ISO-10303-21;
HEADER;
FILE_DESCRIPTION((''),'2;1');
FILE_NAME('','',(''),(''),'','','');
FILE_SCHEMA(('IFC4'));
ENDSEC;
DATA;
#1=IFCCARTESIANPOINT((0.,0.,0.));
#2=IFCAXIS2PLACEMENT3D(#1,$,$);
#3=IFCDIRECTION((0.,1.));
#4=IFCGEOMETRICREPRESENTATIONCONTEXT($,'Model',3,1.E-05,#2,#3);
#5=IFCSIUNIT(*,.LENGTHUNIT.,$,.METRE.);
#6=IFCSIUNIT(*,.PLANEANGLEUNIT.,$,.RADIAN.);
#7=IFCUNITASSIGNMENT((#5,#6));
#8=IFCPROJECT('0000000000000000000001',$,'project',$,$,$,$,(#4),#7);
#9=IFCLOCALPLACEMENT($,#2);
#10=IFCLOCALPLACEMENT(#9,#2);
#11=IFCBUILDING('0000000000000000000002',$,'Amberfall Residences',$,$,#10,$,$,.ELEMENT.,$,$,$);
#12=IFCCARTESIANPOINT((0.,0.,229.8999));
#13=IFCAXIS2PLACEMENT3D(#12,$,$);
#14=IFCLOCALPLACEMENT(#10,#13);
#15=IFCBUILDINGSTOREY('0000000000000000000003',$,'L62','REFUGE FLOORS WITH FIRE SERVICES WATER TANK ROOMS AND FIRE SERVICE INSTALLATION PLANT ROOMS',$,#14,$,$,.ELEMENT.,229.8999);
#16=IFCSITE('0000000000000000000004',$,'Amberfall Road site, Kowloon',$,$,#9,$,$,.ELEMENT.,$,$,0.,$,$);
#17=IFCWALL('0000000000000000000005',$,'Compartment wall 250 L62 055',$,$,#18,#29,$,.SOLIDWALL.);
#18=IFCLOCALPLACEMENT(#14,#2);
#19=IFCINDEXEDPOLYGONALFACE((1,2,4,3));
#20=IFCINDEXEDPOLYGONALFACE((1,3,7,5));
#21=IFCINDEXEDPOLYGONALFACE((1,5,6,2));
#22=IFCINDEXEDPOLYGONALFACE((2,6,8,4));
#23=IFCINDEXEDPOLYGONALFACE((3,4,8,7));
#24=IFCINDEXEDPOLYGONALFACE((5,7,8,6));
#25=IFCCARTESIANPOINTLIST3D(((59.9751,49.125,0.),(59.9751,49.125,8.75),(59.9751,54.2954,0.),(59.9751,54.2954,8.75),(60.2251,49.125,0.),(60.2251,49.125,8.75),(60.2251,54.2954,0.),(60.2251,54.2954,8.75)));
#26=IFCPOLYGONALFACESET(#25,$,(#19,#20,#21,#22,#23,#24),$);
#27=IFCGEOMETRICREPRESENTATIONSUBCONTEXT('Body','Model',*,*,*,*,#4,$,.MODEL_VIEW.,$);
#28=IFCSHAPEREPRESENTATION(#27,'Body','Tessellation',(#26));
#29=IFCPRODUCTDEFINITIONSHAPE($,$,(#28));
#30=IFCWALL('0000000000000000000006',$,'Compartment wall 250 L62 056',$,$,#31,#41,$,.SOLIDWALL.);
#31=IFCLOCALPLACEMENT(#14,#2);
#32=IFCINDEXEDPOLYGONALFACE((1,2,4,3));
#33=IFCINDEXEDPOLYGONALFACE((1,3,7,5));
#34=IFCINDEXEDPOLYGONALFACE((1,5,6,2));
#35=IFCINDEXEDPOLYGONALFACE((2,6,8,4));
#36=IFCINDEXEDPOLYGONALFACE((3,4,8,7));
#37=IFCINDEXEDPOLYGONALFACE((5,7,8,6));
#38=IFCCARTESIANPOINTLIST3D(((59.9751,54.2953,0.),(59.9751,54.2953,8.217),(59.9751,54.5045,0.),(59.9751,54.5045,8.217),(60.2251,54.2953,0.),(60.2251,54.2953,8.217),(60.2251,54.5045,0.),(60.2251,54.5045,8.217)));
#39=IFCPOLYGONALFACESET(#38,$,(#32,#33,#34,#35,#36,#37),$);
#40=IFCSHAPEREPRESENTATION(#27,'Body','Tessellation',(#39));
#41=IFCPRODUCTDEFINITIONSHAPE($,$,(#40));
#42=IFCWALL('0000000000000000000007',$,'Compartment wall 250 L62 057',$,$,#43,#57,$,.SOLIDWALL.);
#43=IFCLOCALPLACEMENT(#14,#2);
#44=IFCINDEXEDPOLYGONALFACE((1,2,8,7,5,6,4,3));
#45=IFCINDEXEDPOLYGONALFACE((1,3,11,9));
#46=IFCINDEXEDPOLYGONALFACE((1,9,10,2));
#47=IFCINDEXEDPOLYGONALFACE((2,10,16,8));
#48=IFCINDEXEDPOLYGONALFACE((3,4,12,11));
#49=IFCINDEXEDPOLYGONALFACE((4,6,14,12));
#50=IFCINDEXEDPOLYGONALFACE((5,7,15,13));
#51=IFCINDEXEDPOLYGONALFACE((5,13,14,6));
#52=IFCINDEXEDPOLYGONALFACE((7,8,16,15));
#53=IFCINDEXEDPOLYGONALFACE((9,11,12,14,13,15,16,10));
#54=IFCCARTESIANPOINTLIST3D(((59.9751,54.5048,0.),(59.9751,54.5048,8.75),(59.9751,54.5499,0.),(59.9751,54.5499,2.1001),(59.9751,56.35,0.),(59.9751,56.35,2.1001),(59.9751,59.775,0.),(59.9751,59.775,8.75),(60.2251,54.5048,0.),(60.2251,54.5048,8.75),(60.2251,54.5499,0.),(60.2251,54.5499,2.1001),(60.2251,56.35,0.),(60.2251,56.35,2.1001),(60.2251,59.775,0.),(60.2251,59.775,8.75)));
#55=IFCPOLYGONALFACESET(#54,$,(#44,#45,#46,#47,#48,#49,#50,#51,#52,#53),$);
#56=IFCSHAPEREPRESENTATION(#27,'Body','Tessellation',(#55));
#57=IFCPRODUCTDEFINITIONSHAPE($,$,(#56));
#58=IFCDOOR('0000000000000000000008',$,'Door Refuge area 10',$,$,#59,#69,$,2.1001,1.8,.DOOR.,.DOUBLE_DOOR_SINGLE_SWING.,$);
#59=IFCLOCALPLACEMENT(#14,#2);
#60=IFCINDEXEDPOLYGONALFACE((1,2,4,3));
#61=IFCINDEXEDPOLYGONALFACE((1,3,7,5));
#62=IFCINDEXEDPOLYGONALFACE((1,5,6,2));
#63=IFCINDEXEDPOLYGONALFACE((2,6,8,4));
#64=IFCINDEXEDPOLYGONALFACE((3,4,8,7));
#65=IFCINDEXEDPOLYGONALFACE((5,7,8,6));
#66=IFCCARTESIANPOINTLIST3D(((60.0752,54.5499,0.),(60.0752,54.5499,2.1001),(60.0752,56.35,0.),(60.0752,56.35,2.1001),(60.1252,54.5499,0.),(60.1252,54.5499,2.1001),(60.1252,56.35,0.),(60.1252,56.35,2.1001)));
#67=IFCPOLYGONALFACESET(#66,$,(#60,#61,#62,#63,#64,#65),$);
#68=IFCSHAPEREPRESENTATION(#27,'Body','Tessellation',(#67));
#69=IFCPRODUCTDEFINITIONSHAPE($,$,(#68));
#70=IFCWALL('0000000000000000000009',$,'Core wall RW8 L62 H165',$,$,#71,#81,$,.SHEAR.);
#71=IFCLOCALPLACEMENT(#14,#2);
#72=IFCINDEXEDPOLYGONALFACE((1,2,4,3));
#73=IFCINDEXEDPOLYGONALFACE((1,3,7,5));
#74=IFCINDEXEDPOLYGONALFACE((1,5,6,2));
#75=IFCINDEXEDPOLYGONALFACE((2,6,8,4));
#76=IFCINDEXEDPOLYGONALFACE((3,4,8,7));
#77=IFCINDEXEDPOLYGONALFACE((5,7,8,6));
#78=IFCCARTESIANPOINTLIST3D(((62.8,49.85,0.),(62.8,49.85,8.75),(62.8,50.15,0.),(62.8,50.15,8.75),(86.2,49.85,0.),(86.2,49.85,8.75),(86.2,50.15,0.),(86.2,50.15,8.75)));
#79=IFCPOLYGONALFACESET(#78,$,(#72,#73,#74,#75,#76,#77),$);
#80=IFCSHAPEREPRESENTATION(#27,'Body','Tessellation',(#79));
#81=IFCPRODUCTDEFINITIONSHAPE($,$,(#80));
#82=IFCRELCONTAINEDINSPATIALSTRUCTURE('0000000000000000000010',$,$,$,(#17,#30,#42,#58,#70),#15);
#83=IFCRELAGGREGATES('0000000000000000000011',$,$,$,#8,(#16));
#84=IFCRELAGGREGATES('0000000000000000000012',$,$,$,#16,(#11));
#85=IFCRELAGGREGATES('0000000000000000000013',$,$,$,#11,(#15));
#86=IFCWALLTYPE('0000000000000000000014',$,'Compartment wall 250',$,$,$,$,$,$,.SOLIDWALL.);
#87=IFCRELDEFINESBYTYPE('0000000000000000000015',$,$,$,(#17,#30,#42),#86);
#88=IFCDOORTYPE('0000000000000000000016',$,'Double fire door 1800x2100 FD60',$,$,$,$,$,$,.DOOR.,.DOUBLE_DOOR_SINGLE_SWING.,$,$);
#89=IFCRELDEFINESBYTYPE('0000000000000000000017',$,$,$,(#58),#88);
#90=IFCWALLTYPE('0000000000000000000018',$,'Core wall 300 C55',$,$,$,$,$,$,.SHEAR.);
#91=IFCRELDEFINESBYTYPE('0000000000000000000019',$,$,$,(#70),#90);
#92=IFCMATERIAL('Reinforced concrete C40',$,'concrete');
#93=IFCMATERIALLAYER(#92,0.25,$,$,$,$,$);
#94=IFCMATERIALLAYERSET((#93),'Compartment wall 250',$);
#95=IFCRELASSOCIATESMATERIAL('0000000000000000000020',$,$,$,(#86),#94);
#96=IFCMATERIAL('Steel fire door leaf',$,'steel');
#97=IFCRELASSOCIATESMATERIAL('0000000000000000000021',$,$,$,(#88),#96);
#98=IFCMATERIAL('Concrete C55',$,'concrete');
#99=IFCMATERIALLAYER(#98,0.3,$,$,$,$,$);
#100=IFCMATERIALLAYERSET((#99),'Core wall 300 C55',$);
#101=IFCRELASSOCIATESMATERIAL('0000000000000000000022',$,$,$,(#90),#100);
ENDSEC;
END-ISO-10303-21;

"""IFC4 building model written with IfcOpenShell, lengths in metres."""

from ifc_helpers import new_model, si_unit, direction, frame, frame_2d, origin, place, context, subcontext, project, spatial, rectangle, extrude, material, layer, layer_set, type_object, element, fill, save


model = new_model("IFC4")

# Units and contexts
model_context = context("Model", 3, precision=1e-05, world=origin(), true_north=direction((0.0, 1.0)))
body_context = subcontext(model_context, "Body", "Model", "MODEL_VIEW")
ifc_project = project(units=[si_unit("LENGTHUNIT", "METRE"), si_unit("PLANEANGLEUNIT", "RADIAN")], contexts=[model_context])

# Site, building, storey
site_placement = place(None, origin())
site = spatial("IfcSite", under=ifc_project, at=site_placement, Name="Amberfall Road site, Kowloon", CompositionType="ELEMENT", RefElevation=0.0)
building_placement = place(site_placement, origin())
building = spatial("IfcBuilding", under=site, at=building_placement, Name="Amberfall Residences", CompositionType="ELEMENT")
storey_placement = place(building_placement, frame((0.0, 0.0, 229.8999)))
storey = spatial("IfcBuildingStorey", under=building, at=storey_placement, Name="L62", Description="REFUGE FLOORS WITH FIRE SERVICES WATER TANK ROOMS AND FIRE SERVICE INSTALLATION PLANT ROOMS", CompositionType="ELEMENT", Elevation=229.8999)

# Walls
ifc_material_1 = material(Name="Reinforced concrete C40", Category="concrete")
ifc_layer_1 = layer(ifc_material_1, 0.25)
ifc_layer_set_1 = layer_set([ifc_layer_1], Name="Compartment wall 250")
wall_type_1 = type_object("IfcWallType", Name="Compartment wall 250", PredefinedType="SOLIDWALL", material=ifc_layer_set_1)
wall_1_placement = place(storey_placement, frame((60.1001, 49.125, 0.0), z_axis=(0.0, 0.0, 1.0), x_axis=(0.0, 1.0, 0.0)))
element("IfcWall", 1, at=wall_1_placement, inside=storey, type_object=wall_type_1, Name="Compartment wall 250 L62 055", PredefinedType="SOLIDWALL", context=body_context, shape_type="SweptSolid", body=[
    extrude(rectangle(XDim=5.1704, YDim=0.25, at=frame_2d((2.5852, 0.0))), origin(), (0.0, 0.0, 1.0), 8.75),
])
wall_2_placement = place(storey_placement, frame((60.1001, 54.2954, 0.0), z_axis=(0.0, 0.0, 1.0), x_axis=(0.0, 1.0, 0.0)))
element("IfcWall", 2, at=wall_2_placement, inside=storey, type_object=wall_type_1, Name="Compartment wall 250 L62 056", PredefinedType="SOLIDWALL", context=body_context, shape_type="SweptSolid", body=[
    extrude(rectangle(XDim=0.2092, YDim=0.25, at=frame_2d((0.1045, 0.0))), origin(), (0.0, 0.0, 1.0), 8.217),
])

# Wall, opening, door
wall_3_placement = place(storey_placement, frame((60.1001, 54.5046, 0.0), z_axis=(0.0, 0.0, 1.0), x_axis=(0.0, 1.0, 0.0)))
wall_3 = element("IfcWall", 3, at=wall_3_placement, inside=storey, type_object=wall_type_1, Name="Compartment wall 250 L62 057", PredefinedType="SOLIDWALL", context=body_context, shape_type="SweptSolid", body=[
    extrude(rectangle(XDim=5.2703, YDim=0.25, at=frame_2d((2.6353, 0.0))), origin(), (0.0, 0.0, 1.0), 8.75),
])
opening_1_placement = place(wall_3_placement, frame((0.0454, 0.0, 0.0)))
opening_1 = element("IfcOpeningElement", 4, at=opening_1_placement, cuts=wall_3, PredefinedType="OPENING", context=body_context, shape_type="SweptSolid", body=[
    extrude(rectangle(XDim=1.8, YDim=2.1001, at=frame_2d((0.8999, 1.05))), frame((0.0, 0.135, 0.0), z_axis=(0.0, -1.0, 0.0), x_axis=(1.0, 0.0, 0.0)), (0.0, 0.0, 1.0), 0.27),
])
ifc_material_2 = material(Name="Steel fire door leaf", Category="steel")
door_type_1 = type_object("IfcDoorType", Name="Double fire door 1800x2100 FD60", OperationType="DOUBLE_DOOR_SINGLE_SWING", PredefinedType="DOOR", material=ifc_material_2)
door_1_placement = place(opening_1_placement, origin())
door_1 = element("IfcDoor", 5, at=door_1_placement, inside=storey, type_object=door_type_1, Name="Door Refuge area 10", OperationType="DOUBLE_DOOR_SINGLE_SWING", OverallHeight=2.1001, OverallWidth=1.8, PredefinedType="DOOR", context=body_context, shape_type="SweptSolid", body=[
    extrude(rectangle(XDim=1.8, YDim=2.1001, at=frame_2d((0.8999, 1.05))), frame((0.0, 0.0249, 0.0), z_axis=(0.0, -1.0, 0.0), x_axis=(1.0, 0.0, 0.0)), (0.0, 0.0, 1.0), 0.05),
])
fill(opening_1, door_1)

# Wall
ifc_material_3 = material(Name="Concrete C55", Category="concrete")
ifc_layer_2 = layer(ifc_material_3, 0.3)
ifc_layer_set_2 = layer_set([ifc_layer_2], Name="Core wall 300 C55")
wall_type_2 = type_object("IfcWallType", Name="Core wall 300 C55", PredefinedType="SHEAR", material=ifc_layer_set_2)
wall_4_placement = place(storey_placement, frame((62.8, 50.0, 0.0), z_axis=(0.0, 0.0, 1.0), x_axis=(1.0, 0.0, 0.0)))
element("IfcWall", 6, at=wall_4_placement, inside=storey, type_object=wall_type_2, Name="Core wall RW8 L62 H165", PredefinedType="SHEAR", context=body_context, shape_type="SweptSolid", body=[
    extrude(rectangle(XDim=23.3999, YDim=0.3, at=frame_2d((11.7, 0.0))), origin(), (0.0, 0.0, 1.0), 8.75),
])

save(model, "model.ifc")
